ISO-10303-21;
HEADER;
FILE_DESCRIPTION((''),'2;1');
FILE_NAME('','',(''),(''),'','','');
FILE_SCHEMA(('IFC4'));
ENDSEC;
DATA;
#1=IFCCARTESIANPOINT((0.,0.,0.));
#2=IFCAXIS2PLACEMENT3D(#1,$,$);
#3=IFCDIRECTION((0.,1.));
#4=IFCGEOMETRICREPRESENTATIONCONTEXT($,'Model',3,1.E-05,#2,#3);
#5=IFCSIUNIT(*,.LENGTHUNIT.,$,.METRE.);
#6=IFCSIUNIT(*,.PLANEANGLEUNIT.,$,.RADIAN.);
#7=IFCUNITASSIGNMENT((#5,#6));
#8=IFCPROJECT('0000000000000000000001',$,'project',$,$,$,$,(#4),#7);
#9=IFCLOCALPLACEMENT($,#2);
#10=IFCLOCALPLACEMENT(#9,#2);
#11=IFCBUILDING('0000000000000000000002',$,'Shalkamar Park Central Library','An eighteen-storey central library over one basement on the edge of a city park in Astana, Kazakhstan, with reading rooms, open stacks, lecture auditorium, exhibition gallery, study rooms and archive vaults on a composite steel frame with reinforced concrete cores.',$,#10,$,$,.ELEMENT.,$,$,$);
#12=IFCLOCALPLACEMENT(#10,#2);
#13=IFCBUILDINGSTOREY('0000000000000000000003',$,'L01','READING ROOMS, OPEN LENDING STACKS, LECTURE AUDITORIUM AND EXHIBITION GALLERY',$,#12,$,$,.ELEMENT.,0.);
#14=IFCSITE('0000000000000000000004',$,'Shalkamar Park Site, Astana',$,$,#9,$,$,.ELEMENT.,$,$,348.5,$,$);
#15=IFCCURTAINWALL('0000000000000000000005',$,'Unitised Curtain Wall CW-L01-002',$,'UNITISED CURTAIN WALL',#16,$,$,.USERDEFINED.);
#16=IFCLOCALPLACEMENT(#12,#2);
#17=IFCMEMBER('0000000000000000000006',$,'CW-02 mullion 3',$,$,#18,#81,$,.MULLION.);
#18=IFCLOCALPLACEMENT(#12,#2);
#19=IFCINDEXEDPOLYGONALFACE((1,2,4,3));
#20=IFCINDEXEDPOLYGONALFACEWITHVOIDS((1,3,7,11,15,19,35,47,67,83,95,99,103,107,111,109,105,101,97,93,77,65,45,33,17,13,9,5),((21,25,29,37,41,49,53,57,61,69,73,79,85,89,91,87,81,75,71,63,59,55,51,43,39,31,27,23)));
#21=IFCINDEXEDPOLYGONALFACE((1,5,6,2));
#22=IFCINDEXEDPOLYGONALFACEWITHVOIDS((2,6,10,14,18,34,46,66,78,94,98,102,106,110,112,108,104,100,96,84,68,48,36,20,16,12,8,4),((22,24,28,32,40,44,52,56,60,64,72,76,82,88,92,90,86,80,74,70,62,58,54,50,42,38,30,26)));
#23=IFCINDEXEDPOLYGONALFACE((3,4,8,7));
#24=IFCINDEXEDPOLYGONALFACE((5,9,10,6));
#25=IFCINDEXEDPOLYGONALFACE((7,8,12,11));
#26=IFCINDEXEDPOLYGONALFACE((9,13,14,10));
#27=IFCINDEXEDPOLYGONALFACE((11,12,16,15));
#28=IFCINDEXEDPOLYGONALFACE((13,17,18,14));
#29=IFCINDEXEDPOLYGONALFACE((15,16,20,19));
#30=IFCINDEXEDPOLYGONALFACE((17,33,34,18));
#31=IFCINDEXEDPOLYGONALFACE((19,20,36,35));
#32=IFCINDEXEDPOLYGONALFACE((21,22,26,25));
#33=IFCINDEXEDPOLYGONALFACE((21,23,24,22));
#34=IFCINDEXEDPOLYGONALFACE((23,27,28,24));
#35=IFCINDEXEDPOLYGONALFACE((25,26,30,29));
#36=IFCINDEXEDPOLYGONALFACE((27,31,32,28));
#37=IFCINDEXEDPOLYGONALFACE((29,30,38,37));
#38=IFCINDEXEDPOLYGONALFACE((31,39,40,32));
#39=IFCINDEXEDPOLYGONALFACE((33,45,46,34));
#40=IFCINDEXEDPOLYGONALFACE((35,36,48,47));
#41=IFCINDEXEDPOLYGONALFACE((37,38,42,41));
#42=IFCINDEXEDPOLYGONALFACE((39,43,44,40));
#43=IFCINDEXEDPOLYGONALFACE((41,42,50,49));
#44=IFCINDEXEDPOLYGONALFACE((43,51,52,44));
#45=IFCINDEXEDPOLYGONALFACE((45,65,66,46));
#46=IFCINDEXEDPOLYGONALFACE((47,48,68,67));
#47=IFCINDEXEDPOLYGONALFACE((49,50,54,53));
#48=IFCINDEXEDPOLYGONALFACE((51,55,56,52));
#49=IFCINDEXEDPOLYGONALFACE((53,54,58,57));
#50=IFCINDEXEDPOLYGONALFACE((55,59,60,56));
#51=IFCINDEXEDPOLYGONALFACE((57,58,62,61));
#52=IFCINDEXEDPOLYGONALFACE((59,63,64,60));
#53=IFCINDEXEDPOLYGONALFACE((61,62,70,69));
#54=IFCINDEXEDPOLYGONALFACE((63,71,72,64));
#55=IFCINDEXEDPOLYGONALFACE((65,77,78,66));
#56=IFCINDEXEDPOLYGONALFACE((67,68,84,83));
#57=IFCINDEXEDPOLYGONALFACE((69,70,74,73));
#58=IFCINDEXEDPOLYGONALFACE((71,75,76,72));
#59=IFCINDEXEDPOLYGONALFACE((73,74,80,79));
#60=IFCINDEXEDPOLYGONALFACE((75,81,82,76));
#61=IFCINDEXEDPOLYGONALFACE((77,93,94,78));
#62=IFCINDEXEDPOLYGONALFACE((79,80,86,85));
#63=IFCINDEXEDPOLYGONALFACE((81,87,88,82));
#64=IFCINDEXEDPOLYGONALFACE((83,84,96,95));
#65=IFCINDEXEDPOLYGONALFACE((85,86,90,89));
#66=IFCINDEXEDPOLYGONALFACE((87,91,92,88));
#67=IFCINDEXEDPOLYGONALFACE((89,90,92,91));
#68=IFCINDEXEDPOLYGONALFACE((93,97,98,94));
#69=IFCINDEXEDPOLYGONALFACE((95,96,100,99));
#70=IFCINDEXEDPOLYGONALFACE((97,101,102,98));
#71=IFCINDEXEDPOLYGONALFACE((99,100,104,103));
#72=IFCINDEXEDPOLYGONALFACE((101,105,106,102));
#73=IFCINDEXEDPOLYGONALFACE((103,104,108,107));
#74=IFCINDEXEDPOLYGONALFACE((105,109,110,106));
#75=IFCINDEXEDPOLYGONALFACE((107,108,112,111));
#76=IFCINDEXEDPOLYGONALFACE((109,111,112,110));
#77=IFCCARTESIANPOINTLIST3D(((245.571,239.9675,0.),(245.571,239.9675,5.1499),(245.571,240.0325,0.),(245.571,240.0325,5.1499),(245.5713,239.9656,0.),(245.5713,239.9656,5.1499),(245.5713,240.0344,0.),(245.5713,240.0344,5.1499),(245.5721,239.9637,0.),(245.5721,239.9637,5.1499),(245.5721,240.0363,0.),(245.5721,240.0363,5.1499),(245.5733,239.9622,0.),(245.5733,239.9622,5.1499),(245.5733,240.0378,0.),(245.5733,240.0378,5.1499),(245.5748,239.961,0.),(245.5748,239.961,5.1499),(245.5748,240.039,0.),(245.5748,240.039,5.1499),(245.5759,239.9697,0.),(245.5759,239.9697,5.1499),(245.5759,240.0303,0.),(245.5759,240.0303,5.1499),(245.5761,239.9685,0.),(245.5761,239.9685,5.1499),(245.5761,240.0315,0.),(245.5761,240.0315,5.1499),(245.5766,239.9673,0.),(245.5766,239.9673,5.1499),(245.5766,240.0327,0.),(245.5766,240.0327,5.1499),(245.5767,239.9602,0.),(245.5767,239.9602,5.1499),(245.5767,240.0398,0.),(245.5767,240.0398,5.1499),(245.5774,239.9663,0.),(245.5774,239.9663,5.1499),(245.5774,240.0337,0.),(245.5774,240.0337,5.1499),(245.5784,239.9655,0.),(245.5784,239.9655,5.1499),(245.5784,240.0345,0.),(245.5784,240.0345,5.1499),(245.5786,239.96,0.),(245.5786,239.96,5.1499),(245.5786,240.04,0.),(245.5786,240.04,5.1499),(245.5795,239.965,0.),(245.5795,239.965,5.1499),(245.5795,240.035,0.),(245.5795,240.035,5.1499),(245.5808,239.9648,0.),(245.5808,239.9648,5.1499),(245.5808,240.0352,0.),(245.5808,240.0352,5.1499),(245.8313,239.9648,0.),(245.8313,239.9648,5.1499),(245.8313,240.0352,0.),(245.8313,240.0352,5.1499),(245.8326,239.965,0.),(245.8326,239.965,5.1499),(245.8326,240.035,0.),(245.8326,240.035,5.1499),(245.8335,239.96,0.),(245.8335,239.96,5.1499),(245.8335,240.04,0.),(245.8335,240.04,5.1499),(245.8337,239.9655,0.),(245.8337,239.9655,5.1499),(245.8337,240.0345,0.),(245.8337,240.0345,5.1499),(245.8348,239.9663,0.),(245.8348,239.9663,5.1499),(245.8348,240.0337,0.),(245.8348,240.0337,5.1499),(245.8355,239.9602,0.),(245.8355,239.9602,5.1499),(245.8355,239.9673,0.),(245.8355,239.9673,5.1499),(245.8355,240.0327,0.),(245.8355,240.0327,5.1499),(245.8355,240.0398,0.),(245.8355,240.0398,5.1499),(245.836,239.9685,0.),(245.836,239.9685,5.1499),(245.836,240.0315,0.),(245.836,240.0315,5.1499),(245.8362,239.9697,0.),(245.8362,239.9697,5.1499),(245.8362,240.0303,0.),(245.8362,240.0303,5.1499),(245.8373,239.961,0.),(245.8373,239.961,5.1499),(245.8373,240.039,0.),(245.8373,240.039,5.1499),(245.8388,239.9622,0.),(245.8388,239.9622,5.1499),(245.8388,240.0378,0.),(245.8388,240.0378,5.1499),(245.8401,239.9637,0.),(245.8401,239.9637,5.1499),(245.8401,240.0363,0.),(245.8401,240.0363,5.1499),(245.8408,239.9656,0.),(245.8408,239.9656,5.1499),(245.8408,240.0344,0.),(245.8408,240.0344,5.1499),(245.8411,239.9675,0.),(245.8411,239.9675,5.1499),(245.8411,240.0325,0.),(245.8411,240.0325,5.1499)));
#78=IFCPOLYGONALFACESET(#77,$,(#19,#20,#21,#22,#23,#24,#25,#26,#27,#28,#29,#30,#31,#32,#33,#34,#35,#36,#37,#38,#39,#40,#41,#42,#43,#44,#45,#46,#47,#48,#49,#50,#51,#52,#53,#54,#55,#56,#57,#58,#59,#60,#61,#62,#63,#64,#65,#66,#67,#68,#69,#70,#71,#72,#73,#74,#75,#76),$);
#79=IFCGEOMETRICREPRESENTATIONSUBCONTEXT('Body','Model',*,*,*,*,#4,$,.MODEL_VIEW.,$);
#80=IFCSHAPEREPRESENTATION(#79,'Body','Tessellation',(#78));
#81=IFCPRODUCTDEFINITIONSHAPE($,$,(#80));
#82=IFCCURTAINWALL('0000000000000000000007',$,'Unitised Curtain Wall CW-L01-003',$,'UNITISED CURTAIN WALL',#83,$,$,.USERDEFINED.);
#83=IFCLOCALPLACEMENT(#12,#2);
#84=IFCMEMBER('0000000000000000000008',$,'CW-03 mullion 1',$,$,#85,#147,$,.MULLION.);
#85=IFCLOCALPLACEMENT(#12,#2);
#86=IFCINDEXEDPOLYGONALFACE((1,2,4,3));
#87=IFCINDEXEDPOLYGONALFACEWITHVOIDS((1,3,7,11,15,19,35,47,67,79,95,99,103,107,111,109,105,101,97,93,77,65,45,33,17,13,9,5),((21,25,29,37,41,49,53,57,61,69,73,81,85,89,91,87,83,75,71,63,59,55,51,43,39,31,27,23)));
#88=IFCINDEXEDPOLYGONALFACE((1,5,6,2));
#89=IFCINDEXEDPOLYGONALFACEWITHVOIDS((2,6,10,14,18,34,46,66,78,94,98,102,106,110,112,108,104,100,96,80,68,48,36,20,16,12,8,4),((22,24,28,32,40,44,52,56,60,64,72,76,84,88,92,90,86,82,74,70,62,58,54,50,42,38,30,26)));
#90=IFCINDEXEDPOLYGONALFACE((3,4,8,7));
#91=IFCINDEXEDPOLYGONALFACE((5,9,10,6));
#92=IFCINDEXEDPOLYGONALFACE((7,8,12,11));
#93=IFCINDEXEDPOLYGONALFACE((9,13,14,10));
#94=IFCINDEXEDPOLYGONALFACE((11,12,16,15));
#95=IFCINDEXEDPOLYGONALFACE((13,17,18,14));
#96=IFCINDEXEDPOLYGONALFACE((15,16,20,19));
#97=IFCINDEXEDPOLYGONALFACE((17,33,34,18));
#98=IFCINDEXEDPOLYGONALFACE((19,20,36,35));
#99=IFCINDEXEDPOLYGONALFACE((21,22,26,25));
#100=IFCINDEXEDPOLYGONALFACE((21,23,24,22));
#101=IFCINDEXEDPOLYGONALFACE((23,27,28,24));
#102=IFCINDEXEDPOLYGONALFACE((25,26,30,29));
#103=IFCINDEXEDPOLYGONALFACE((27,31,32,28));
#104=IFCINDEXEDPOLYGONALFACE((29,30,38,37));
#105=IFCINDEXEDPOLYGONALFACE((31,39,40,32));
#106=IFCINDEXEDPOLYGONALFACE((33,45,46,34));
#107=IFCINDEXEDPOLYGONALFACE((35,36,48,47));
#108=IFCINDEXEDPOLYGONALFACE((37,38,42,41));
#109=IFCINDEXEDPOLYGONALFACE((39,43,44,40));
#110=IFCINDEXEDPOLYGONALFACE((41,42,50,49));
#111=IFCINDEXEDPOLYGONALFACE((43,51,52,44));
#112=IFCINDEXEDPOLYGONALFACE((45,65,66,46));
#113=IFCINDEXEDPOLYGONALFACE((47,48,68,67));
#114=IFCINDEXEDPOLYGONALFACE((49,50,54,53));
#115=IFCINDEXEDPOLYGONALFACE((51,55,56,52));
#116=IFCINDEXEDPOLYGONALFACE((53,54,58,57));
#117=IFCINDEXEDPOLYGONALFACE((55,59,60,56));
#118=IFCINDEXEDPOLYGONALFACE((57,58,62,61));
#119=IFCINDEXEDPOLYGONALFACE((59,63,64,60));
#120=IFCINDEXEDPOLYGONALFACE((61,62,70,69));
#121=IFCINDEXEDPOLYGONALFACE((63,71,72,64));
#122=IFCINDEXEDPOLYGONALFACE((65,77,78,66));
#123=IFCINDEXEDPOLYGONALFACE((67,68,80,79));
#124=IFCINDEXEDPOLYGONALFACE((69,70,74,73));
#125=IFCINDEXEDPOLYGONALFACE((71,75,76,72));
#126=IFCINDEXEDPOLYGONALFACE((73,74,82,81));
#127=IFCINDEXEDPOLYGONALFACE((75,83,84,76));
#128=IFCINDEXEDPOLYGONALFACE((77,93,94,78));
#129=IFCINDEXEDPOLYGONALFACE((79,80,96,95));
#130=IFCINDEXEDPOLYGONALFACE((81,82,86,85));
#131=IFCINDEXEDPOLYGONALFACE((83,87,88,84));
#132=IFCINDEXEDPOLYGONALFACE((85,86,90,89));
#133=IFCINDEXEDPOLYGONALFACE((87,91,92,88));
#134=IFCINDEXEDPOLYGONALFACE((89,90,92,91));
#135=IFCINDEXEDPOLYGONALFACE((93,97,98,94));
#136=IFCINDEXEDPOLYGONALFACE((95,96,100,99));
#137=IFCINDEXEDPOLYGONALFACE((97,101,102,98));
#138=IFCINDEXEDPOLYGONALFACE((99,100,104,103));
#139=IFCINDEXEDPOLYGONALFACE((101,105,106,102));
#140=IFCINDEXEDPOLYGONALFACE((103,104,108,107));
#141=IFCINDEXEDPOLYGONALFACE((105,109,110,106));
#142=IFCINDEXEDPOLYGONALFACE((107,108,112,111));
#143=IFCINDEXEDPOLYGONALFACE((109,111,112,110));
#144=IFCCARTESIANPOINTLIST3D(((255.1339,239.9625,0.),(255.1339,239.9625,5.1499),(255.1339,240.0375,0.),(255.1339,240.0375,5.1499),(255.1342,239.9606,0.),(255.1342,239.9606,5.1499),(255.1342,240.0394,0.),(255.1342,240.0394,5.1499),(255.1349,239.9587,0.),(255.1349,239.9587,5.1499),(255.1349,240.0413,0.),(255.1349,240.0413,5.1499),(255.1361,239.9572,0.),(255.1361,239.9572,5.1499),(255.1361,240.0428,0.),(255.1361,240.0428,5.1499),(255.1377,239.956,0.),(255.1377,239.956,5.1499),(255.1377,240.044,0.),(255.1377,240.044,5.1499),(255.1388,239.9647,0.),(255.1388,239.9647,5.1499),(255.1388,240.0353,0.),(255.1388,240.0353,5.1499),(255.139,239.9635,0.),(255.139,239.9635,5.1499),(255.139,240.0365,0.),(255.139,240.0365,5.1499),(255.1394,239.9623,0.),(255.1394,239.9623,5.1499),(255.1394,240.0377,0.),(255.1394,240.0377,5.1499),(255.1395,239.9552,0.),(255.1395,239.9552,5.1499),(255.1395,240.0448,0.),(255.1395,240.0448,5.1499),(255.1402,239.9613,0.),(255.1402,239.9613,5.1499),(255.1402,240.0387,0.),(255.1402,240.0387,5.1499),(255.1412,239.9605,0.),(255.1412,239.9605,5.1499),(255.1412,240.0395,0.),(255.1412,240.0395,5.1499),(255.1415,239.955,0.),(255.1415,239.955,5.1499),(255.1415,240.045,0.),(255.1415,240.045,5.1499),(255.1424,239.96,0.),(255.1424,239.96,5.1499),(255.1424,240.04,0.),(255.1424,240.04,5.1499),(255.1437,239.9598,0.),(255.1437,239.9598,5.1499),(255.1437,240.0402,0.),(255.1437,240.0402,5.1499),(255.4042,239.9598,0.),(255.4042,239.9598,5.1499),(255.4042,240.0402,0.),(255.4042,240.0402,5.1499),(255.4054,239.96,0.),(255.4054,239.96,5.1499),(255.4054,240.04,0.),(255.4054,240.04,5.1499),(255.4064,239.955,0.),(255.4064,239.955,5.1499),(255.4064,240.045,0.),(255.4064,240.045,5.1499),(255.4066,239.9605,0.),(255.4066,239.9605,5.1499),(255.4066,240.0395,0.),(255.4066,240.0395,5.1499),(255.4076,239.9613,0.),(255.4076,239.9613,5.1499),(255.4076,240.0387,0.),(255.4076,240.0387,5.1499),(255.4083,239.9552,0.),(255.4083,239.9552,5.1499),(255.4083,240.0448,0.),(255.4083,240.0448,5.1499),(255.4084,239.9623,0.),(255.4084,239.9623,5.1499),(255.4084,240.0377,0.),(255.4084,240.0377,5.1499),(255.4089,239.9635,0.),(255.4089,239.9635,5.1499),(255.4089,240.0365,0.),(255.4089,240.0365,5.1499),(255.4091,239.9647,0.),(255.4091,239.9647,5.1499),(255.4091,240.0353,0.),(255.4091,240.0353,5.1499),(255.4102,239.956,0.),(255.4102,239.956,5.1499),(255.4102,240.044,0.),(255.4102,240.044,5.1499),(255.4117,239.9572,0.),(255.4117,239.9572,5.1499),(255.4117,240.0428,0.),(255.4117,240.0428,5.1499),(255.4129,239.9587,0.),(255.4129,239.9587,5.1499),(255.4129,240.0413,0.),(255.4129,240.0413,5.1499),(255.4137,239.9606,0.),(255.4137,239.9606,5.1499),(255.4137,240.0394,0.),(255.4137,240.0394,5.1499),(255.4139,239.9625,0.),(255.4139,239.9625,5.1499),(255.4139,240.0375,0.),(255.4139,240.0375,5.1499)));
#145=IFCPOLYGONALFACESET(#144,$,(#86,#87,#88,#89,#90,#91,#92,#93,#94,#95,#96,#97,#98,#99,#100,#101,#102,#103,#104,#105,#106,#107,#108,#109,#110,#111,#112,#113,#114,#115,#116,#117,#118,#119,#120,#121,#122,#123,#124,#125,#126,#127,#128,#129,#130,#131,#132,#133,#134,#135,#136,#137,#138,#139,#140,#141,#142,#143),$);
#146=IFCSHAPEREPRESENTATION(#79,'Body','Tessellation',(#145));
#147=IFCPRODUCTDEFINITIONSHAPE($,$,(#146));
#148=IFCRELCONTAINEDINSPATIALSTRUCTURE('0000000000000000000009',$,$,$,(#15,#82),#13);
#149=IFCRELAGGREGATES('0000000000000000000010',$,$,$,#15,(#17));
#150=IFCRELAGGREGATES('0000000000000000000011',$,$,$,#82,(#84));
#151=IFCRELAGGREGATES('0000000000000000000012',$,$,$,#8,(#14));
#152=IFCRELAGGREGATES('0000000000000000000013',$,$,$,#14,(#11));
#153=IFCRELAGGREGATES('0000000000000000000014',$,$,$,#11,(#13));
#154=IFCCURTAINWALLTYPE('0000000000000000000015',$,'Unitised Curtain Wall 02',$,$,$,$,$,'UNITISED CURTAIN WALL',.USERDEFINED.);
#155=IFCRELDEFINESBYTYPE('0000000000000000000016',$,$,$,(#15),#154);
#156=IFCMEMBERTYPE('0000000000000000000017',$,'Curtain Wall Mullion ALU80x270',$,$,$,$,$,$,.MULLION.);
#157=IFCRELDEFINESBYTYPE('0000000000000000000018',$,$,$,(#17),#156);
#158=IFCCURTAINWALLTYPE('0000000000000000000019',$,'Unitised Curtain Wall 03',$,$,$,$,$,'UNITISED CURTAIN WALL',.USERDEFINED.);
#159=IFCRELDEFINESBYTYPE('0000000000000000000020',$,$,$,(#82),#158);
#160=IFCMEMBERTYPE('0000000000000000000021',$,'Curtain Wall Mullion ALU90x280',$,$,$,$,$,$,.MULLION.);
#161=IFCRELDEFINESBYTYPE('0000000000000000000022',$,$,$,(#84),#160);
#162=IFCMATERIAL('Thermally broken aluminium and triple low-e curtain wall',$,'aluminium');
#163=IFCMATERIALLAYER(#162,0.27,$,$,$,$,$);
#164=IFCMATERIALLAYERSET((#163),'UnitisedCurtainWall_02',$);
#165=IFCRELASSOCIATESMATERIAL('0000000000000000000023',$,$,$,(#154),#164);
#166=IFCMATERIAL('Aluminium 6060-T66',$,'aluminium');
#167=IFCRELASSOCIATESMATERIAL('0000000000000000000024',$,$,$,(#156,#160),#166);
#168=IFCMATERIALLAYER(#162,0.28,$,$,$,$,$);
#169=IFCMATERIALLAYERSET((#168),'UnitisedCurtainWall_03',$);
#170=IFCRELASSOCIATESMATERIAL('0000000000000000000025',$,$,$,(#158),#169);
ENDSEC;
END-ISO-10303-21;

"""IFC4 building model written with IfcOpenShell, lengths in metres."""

from ifc_helpers import new_model, si_unit, direction, frame, origin, origin_2d, place, context, subcontext, project, spatial, hollow_rectangle, extrude, material, layer, layer_set, material_profile, profile_set, type_object, element, aggregate, save


model = new_model("IFC4")

# Units and contexts
model_context = context("Model", 3, precision=1e-05, world=origin(), true_north=direction((0.0, 1.0)))
body_context = subcontext(model_context, "Body", "Model", "MODEL_VIEW")
ifc_project = project(units=[si_unit("LENGTHUNIT", "METRE"), si_unit("PLANEANGLEUNIT", "RADIAN")], contexts=[model_context])

# Site, building, storey
site_placement = place(None, origin())
site = spatial("IfcSite", under=ifc_project, at=site_placement, Name="Shalkamar Park Site, Astana", CompositionType="ELEMENT", RefElevation=348.5)
building_placement = place(site_placement, origin())
building = spatial("IfcBuilding", under=site, at=building_placement, Name="Shalkamar Park Central Library", Description="An eighteen-storey central library over one basement on the edge of a city park in Astana, Kazakhstan, with reading rooms, open stacks, lecture auditorium, exhibition gallery, study rooms and archive vaults on a composite steel frame with reinforced concrete cores.", CompositionType="ELEMENT")
storey_placement = place(building_placement, origin())
storey = spatial("IfcBuildingStorey", under=building, at=storey_placement, Name="L01", Description="READING ROOMS, OPEN LENDING STACKS, LECTURE AUDITORIUM AND EXHIBITION GALLERY", CompositionType="ELEMENT", Elevation=0.0)

# Curtain wall, member
ifc_material_1 = material(Name="Thermally broken aluminium and triple low-e curtain wall", Category="aluminium")
ifc_layer_1 = layer(ifc_material_1, 0.27)
ifc_layer_set_1 = layer_set([ifc_layer_1], Name="UnitisedCurtainWall_02")
curtain_wall_type_1 = type_object("IfcCurtainWallType", Name="Unitised Curtain Wall 02", ElementType="UNITISED CURTAIN WALL", PredefinedType="USERDEFINED", material=ifc_layer_set_1)
curtain_wall_1_placement = place(storey_placement, origin())
curtain_wall_1 = element("IfcCurtainWall", 1, at=curtain_wall_1_placement, inside=storey, type_object=curtain_wall_type_1, Name="Unitised Curtain Wall CW-L01-002", ObjectType="UNITISED CURTAIN WALL", PredefinedType="USERDEFINED")
ifc_material_2 = material(Name="Aluminium 6060-T66", Category="aluminium")
ifc_material_profile_1 = material_profile(ifc_material_2, hollow_rectangle(XDim=0.0801, YDim=0.27, WallThickness=0.0049, InnerFilletRadius=0.0049, OuterFilletRadius=0.0076, at=origin_2d()), Name="ALU 80x270x5")
ifc_profile_set_1 = profile_set([ifc_material_profile_1], Name="Aluminium 6060-T66")
member_type_1 = type_object("IfcMemberType", Name="Curtain Wall Mullion ALU80x270", PredefinedType="MULLION", material=ifc_profile_set_1)
member_1_placement = place(storey_placement, frame((245.7061, 240.0, 0.0), z_axis=(0.0, 0.0, 1.0), x_axis=(0.0, 1.0, 0.0)))
member_1 = element("IfcMember", 2, at=member_1_placement, type_object=member_type_1, Name="CW-02 mullion 3", PredefinedType="MULLION", context=body_context, shape_type="SweptSolid", body=[
    extrude(hollow_rectangle(XDim=0.0801, YDim=0.27, WallThickness=0.0049, InnerFilletRadius=0.0049, OuterFilletRadius=0.0076, at=origin_2d()), origin(), (0.0, 0.0, 1.0), 5.1499),
])

# Curtain wall, member
ifc_layer_2 = layer(ifc_material_1, 0.28)
ifc_layer_set_2 = layer_set([ifc_layer_2], Name="UnitisedCurtainWall_03")
curtain_wall_type_2 = type_object("IfcCurtainWallType", Name="Unitised Curtain Wall 03", ElementType="UNITISED CURTAIN WALL", PredefinedType="USERDEFINED", material=ifc_layer_set_2)
curtain_wall_2_placement = place(storey_placement, origin())
curtain_wall_2 = element("IfcCurtainWall", 3, at=curtain_wall_2_placement, inside=storey, type_object=curtain_wall_type_2, Name="Unitised Curtain Wall CW-L01-003", ObjectType="UNITISED CURTAIN WALL", PredefinedType="USERDEFINED")
ifc_material_profile_2 = material_profile(ifc_material_2, hollow_rectangle(XDim=0.0901, YDim=0.28, WallThickness=0.0049, InnerFilletRadius=0.0049, OuterFilletRadius=0.0076, at=origin_2d()), Name="ALU 90x280x5")
ifc_profile_set_2 = profile_set([ifc_material_profile_2], Name="Aluminium 6060-T66")
member_type_2 = type_object("IfcMemberType", Name="Curtain Wall Mullion ALU90x280", PredefinedType="MULLION", material=ifc_profile_set_2)
member_2_placement = place(storey_placement, frame((255.2739, 240.0, 0.0), z_axis=(0.0, 0.0, 1.0), x_axis=(0.0, 1.0, 0.0)))
member_2 = element("IfcMember", 4, at=member_2_placement, type_object=member_type_2, Name="CW-03 mullion 1", PredefinedType="MULLION", context=body_context, shape_type="SweptSolid", body=[
    extrude(hollow_rectangle(XDim=0.0901, YDim=0.28, WallThickness=0.0049, InnerFilletRadius=0.0049, OuterFilletRadius=0.0076, at=origin_2d()), origin(), (0.0, 0.0, 1.0), 5.1499),
])

aggregate(curtain_wall_1, [member_1])
aggregate(curtain_wall_2, [member_2])

save(model, "model.ifc")
